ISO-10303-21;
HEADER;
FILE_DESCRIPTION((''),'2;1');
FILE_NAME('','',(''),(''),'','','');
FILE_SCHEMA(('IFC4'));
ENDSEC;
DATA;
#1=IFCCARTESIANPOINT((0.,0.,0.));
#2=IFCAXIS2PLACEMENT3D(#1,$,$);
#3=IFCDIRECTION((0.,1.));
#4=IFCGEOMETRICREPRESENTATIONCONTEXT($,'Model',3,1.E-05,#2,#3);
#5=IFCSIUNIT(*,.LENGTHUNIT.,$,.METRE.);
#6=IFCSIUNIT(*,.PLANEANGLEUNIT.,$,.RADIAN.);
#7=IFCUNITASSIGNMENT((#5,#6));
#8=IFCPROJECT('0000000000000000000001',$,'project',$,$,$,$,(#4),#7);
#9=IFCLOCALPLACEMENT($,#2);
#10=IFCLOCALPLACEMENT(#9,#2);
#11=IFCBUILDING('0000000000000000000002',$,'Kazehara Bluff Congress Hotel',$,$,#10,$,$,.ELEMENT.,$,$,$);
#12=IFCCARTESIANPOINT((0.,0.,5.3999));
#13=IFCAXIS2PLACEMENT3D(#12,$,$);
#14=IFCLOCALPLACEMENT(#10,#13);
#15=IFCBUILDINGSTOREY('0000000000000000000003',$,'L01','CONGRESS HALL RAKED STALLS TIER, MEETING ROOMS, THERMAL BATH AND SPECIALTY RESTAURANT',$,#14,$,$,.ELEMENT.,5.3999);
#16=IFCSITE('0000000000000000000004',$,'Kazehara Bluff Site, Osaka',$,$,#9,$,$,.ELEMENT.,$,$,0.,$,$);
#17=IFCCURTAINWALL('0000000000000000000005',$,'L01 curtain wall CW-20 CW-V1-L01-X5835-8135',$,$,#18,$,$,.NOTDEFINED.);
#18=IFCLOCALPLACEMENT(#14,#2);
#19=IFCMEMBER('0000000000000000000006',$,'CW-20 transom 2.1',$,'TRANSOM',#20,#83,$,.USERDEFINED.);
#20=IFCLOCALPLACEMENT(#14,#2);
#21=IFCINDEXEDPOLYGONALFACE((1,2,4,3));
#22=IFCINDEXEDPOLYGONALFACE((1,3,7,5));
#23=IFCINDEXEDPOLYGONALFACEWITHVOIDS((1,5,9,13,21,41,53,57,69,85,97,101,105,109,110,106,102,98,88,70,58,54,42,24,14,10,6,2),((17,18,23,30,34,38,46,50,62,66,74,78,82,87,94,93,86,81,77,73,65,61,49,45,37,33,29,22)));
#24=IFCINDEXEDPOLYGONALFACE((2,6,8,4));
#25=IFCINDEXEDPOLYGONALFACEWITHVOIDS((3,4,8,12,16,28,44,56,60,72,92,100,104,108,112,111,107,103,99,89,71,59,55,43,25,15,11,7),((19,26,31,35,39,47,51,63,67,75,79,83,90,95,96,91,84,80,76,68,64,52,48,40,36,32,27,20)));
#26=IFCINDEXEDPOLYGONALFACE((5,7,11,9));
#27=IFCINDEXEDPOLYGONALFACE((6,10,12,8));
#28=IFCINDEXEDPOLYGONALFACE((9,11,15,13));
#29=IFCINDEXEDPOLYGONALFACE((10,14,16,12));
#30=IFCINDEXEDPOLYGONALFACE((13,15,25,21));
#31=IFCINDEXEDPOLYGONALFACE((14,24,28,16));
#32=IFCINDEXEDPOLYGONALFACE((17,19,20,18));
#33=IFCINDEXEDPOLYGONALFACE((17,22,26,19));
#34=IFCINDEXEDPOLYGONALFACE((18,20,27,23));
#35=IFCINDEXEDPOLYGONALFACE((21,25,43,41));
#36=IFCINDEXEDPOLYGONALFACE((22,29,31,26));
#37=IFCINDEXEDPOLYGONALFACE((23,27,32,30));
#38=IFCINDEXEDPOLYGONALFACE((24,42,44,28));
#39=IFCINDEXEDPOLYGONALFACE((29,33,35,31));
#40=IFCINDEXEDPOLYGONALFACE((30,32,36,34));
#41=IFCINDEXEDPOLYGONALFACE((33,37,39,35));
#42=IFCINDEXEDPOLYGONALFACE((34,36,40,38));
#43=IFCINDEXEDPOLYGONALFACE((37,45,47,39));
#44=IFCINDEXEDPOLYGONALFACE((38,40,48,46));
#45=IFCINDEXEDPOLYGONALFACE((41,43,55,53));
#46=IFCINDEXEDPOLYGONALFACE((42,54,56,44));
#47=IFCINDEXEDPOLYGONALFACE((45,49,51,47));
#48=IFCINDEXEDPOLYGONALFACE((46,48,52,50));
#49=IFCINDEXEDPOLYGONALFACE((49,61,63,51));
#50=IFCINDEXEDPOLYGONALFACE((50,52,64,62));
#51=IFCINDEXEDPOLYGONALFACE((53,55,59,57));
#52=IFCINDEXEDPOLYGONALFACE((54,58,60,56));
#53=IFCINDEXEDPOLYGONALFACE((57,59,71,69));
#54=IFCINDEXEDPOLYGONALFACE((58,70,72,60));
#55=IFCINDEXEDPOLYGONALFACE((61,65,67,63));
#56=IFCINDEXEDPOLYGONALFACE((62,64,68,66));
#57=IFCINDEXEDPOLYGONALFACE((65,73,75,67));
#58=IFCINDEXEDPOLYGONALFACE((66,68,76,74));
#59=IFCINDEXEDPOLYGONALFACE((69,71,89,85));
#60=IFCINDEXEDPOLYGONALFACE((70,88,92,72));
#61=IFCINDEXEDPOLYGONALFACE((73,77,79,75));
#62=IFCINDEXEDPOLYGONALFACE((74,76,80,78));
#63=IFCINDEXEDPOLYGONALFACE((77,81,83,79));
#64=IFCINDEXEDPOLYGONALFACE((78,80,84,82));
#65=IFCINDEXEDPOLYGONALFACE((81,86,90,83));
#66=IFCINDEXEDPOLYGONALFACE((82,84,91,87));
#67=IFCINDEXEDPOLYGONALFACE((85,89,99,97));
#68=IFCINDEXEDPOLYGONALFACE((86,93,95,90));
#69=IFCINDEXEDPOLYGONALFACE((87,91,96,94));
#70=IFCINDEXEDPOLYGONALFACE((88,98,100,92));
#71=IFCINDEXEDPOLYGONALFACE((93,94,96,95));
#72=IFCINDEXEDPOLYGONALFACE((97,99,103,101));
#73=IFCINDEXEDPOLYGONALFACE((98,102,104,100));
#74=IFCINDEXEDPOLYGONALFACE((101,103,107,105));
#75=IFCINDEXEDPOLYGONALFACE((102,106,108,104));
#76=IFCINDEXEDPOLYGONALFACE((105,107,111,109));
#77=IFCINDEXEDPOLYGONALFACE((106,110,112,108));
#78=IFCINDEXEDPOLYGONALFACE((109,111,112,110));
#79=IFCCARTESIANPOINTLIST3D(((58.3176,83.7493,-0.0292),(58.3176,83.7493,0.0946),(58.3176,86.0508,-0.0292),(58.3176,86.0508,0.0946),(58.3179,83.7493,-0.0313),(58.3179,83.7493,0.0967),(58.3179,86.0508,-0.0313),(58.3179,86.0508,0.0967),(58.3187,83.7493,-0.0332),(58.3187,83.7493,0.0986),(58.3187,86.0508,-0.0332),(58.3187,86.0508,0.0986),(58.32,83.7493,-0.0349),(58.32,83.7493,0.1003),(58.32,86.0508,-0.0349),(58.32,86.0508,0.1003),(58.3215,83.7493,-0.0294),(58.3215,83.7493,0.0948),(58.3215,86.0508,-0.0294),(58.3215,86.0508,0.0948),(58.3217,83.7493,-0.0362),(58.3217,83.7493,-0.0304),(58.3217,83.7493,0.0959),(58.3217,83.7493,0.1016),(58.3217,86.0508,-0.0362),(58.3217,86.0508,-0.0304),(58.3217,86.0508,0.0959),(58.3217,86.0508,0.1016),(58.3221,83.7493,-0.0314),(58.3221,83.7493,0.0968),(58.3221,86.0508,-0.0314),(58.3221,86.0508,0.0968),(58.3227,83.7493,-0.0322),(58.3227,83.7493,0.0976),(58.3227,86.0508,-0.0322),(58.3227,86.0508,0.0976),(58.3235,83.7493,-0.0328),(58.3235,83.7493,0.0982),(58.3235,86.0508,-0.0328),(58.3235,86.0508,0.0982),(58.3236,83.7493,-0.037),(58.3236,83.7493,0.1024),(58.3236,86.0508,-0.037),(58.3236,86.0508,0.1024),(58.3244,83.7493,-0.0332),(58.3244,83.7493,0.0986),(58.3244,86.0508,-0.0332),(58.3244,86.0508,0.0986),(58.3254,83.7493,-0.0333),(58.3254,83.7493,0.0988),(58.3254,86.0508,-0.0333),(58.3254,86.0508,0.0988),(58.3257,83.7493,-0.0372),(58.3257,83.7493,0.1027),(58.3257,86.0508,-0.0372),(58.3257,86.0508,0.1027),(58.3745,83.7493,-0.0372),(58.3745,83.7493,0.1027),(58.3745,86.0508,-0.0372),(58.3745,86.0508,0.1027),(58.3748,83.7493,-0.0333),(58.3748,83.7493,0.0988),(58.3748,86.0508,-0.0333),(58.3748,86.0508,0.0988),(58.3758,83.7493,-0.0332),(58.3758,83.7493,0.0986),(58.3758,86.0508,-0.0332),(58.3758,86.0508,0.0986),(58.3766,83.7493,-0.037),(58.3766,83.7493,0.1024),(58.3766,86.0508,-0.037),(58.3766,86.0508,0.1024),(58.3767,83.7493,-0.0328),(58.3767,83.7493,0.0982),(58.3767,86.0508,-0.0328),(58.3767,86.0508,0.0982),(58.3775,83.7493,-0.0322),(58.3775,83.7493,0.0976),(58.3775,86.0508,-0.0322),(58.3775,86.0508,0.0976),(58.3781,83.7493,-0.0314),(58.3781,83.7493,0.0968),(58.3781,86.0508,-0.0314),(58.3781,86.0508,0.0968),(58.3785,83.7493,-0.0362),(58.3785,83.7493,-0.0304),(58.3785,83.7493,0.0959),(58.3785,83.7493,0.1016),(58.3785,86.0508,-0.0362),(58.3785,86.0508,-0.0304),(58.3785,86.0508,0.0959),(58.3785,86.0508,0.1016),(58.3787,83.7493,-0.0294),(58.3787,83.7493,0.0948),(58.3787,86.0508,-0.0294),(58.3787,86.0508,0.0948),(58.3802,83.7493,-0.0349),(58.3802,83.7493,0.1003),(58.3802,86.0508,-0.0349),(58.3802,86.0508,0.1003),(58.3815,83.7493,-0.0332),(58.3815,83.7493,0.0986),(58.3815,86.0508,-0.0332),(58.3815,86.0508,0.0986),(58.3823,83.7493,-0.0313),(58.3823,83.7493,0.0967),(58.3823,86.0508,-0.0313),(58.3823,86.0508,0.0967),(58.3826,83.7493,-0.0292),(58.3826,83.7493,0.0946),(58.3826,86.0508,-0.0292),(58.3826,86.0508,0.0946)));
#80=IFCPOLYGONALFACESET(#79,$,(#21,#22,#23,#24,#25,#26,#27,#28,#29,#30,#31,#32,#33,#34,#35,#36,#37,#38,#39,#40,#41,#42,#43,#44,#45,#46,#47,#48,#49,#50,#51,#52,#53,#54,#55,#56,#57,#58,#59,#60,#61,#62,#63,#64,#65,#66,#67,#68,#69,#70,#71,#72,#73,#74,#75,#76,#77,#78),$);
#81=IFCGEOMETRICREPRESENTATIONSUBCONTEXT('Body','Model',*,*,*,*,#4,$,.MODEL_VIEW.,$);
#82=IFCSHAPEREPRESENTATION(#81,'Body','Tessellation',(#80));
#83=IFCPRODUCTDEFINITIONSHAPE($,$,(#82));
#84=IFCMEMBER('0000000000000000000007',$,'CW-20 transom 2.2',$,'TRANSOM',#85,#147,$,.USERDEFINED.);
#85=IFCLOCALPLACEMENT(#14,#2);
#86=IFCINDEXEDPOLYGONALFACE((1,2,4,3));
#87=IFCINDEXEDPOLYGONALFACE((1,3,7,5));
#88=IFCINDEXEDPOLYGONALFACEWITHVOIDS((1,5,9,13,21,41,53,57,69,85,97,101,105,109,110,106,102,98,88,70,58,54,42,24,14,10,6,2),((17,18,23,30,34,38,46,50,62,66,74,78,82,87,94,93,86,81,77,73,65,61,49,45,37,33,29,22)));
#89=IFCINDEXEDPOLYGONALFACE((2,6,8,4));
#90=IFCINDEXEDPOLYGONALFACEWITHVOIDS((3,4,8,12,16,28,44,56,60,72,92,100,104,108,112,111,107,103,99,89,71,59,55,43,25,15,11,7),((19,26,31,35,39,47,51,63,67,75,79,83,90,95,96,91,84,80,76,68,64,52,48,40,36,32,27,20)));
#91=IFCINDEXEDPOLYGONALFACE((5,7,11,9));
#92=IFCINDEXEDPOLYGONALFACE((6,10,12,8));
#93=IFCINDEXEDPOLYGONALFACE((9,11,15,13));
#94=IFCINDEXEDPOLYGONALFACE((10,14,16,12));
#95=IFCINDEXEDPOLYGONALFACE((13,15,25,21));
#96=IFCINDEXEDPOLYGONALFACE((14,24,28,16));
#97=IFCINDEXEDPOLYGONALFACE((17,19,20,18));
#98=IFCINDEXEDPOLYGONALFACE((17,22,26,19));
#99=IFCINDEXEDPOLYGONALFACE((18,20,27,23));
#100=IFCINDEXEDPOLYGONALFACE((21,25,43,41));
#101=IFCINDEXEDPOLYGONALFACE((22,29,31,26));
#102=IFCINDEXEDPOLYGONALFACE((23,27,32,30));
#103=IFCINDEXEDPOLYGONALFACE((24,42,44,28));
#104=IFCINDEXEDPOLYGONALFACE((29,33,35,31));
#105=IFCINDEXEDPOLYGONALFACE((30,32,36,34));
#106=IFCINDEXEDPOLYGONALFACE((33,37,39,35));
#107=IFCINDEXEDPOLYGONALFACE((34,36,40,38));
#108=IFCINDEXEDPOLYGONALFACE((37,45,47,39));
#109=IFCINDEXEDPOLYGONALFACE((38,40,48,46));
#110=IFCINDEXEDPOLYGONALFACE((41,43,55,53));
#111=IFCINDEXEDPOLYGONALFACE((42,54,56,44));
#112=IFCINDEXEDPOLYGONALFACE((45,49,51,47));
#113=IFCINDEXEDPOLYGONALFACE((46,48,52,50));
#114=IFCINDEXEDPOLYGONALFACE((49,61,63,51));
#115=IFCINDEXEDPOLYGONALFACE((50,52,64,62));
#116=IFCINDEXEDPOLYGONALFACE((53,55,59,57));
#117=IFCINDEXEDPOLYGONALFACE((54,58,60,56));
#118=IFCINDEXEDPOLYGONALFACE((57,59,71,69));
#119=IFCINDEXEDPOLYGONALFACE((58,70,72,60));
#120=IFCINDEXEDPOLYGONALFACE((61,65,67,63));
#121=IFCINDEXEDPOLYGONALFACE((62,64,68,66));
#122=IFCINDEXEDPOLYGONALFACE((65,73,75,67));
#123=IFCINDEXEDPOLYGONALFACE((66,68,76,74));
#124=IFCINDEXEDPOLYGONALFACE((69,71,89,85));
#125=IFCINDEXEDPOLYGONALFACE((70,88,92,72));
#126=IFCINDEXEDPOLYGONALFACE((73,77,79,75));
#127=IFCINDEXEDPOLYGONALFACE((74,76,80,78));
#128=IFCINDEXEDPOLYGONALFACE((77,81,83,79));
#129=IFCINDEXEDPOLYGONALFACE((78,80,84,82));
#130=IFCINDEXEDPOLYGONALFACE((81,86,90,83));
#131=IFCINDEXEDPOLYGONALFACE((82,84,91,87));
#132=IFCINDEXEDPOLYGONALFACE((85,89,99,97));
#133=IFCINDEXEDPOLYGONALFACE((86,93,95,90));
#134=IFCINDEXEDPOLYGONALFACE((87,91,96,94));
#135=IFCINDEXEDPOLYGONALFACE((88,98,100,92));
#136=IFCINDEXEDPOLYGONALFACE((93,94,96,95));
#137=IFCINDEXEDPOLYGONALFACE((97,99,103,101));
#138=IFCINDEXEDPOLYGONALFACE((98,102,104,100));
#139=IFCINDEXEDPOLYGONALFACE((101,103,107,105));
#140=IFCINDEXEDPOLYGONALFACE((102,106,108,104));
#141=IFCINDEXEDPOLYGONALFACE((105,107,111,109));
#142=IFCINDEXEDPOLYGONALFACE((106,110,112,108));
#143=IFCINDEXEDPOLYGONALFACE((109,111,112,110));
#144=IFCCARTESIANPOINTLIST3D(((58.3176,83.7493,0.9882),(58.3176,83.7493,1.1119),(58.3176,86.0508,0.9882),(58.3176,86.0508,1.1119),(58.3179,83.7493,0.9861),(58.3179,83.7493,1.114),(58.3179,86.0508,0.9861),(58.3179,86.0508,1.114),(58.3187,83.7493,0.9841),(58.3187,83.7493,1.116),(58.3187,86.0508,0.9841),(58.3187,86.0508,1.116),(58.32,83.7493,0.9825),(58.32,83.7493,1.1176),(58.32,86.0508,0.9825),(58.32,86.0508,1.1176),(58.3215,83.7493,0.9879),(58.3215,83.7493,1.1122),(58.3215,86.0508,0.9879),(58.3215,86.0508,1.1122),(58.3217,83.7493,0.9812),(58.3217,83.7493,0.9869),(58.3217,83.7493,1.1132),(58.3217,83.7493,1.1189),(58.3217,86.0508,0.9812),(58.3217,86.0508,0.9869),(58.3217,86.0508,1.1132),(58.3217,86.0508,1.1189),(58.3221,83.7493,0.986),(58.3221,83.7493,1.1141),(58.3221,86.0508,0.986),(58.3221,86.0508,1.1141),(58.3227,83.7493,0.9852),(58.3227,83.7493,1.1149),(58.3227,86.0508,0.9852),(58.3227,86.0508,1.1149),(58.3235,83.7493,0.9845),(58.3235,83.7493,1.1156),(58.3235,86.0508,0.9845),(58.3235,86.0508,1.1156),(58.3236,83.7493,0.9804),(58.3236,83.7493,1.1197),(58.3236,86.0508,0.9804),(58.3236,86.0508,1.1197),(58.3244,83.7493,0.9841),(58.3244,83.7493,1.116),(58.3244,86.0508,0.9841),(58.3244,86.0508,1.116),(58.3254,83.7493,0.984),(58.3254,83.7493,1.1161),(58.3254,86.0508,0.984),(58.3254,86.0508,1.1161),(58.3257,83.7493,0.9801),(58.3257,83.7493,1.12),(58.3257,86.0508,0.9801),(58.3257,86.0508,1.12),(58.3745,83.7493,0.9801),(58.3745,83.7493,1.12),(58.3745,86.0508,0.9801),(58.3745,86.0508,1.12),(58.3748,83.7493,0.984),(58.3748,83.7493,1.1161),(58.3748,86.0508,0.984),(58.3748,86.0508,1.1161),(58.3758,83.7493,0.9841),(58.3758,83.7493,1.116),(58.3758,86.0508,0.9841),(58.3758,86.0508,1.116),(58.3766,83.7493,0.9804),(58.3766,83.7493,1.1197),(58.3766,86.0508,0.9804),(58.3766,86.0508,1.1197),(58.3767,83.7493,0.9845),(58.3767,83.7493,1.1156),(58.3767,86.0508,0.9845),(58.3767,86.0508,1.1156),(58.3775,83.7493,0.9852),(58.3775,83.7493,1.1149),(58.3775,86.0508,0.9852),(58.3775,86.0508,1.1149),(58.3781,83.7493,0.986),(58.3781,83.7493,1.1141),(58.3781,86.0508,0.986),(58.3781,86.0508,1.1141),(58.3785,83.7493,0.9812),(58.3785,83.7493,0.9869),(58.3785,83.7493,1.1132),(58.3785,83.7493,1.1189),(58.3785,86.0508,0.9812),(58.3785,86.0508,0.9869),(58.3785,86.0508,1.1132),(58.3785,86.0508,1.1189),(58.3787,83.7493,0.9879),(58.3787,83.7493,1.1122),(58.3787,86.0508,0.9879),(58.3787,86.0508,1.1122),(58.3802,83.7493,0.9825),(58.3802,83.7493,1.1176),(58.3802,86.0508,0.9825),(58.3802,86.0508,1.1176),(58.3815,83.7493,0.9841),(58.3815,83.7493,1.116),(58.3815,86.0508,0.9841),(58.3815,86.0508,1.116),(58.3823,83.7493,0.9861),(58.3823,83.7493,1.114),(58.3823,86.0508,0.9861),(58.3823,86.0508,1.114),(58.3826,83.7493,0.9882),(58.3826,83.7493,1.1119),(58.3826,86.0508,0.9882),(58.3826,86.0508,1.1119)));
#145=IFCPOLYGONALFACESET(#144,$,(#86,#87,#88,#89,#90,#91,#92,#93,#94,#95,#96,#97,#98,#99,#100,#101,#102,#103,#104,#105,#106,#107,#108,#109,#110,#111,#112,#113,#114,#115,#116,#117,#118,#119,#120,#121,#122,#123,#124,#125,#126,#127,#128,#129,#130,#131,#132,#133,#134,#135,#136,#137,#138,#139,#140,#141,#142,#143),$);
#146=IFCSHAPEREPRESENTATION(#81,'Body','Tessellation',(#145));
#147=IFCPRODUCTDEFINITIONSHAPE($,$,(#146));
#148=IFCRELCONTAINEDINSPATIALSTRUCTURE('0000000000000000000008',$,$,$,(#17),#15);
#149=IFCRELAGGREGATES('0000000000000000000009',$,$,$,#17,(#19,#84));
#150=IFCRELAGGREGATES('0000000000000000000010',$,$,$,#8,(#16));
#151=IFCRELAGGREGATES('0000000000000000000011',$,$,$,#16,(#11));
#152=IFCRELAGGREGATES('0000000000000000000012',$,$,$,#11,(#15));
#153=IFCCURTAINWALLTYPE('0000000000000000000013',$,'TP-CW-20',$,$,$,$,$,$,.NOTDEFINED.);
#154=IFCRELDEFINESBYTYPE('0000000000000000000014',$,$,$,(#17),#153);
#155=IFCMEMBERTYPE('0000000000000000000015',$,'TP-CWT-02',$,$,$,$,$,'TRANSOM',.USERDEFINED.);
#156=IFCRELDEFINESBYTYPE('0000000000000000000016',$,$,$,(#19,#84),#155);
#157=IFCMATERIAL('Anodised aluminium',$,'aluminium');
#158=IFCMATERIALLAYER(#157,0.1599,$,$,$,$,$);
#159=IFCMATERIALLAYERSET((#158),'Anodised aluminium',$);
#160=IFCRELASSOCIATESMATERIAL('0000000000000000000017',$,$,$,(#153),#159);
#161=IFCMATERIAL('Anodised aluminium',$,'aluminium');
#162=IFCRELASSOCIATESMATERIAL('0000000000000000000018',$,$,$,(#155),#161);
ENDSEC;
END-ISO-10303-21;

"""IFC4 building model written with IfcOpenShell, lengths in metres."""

from ifc_helpers import new_model, si_unit, direction, frame, origin, origin_2d, place, context, subcontext, project, spatial, hollow_rectangle, extrude, material, layer, layer_set, material_profile, profile_set, type_object, element, aggregate, save


model = new_model("IFC4")

# Units and contexts
model_context = context("Model", 3, precision=1e-05, world=origin(), true_north=direction((0.0, 1.0)))
body_context = subcontext(model_context, "Body", "Model", "MODEL_VIEW")
ifc_project = project(units=[si_unit("LENGTHUNIT", "METRE"), si_unit("PLANEANGLEUNIT", "RADIAN")], contexts=[model_context])

# Site, building, storey
site_placement = place(None, origin())
site = spatial("IfcSite", under=ifc_project, at=site_placement, Name="Kazehara Bluff Site, Osaka", CompositionType="ELEMENT", RefElevation=0.0)
building_placement = place(site_placement, origin())
building = spatial("IfcBuilding", under=site, at=building_placement, Name="Kazehara Bluff Congress Hotel", CompositionType="ELEMENT")
storey_placement = place(building_placement, frame((0.0, 0.0, 5.3999)))
storey = spatial("IfcBuildingStorey", under=building, at=storey_placement, Name="L01", Description="CONGRESS HALL RAKED STALLS TIER, MEETING ROOMS, THERMAL BATH AND SPECIALTY RESTAURANT", CompositionType="ELEMENT", Elevation=5.3999)

# Curtain wall
ifc_material_1 = material(Name="Anodised aluminium", Category="aluminium")
ifc_layer_1 = layer(ifc_material_1, 0.1599)
ifc_layer_set_1 = layer_set([ifc_layer_1], Name="Anodised aluminium")
curtain_wall_type_1 = type_object("IfcCurtainWallType", Name="TP-CW-20", PredefinedType="NOTDEFINED", material=ifc_layer_set_1)
curtain_wall_1_placement = place(storey_placement, origin())
curtain_wall_1 = element("IfcCurtainWall", 1, at=curtain_wall_1_placement, inside=storey, type_object=curtain_wall_type_1, Name="L01 curtain wall CW-20 CW-V1-L01-X5835-8135", PredefinedType="NOTDEFINED")

# Members
ifc_material_2 = material(Name="Anodised aluminium", Category="aluminium")
ifc_material_profile_1 = material_profile(ifc_material_2, hollow_rectangle(XDim=0.0649, YDim=0.1399, WallThickness=0.0039, InnerFilletRadius=0.0039, OuterFilletRadius=0.0081, at=origin_2d()))
ifc_profile_set_1 = profile_set([ifc_material_profile_1], Name="Anodised aluminium")
member_type_1 = type_object("IfcMemberType", Name="TP-CWT-02", ElementType="TRANSOM", PredefinedType="USERDEFINED", material=ifc_profile_set_1)
member_1_placement = place(storey_placement, frame((58.3501, 83.7493, 0.0327), z_axis=(0.0, 1.0, 0.0), x_axis=(-1.0, 0.0, 0.0)))
member_1 = element("IfcMember", 2, at=member_1_placement, type_object=member_type_1, Name="CW-20 transom 2.1", ObjectType="TRANSOM", PredefinedType="USERDEFINED", context=body_context, shape_type="SweptSolid", body=[
    extrude(hollow_rectangle(XDim=0.0649, YDim=0.1399, WallThickness=0.0039, InnerFilletRadius=0.0039, OuterFilletRadius=0.0081, at=origin_2d()), origin(), (0.0, 0.0, 1.0), 2.3015),
])
member_2_placement = place(storey_placement, frame((58.3501, 83.7493, 1.05), z_axis=(0.0, 1.0, 0.0), x_axis=(-1.0, 0.0, 0.0)))
member_2 = element("IfcMember", 3, at=member_2_placement, type_object=member_type_1, Name="CW-20 transom 2.2", ObjectType="TRANSOM", PredefinedType="USERDEFINED", context=body_context, shape_type="SweptSolid", body=[
    extrude(hollow_rectangle(XDim=0.0649, YDim=0.1399, WallThickness=0.0039, InnerFilletRadius=0.0039, OuterFilletRadius=0.0081, at=origin_2d()), origin(), (0.0, 0.0, 1.0), 2.3015),
])

aggregate(curtain_wall_1, [member_1, member_2])

save(model, "model.ifc")
